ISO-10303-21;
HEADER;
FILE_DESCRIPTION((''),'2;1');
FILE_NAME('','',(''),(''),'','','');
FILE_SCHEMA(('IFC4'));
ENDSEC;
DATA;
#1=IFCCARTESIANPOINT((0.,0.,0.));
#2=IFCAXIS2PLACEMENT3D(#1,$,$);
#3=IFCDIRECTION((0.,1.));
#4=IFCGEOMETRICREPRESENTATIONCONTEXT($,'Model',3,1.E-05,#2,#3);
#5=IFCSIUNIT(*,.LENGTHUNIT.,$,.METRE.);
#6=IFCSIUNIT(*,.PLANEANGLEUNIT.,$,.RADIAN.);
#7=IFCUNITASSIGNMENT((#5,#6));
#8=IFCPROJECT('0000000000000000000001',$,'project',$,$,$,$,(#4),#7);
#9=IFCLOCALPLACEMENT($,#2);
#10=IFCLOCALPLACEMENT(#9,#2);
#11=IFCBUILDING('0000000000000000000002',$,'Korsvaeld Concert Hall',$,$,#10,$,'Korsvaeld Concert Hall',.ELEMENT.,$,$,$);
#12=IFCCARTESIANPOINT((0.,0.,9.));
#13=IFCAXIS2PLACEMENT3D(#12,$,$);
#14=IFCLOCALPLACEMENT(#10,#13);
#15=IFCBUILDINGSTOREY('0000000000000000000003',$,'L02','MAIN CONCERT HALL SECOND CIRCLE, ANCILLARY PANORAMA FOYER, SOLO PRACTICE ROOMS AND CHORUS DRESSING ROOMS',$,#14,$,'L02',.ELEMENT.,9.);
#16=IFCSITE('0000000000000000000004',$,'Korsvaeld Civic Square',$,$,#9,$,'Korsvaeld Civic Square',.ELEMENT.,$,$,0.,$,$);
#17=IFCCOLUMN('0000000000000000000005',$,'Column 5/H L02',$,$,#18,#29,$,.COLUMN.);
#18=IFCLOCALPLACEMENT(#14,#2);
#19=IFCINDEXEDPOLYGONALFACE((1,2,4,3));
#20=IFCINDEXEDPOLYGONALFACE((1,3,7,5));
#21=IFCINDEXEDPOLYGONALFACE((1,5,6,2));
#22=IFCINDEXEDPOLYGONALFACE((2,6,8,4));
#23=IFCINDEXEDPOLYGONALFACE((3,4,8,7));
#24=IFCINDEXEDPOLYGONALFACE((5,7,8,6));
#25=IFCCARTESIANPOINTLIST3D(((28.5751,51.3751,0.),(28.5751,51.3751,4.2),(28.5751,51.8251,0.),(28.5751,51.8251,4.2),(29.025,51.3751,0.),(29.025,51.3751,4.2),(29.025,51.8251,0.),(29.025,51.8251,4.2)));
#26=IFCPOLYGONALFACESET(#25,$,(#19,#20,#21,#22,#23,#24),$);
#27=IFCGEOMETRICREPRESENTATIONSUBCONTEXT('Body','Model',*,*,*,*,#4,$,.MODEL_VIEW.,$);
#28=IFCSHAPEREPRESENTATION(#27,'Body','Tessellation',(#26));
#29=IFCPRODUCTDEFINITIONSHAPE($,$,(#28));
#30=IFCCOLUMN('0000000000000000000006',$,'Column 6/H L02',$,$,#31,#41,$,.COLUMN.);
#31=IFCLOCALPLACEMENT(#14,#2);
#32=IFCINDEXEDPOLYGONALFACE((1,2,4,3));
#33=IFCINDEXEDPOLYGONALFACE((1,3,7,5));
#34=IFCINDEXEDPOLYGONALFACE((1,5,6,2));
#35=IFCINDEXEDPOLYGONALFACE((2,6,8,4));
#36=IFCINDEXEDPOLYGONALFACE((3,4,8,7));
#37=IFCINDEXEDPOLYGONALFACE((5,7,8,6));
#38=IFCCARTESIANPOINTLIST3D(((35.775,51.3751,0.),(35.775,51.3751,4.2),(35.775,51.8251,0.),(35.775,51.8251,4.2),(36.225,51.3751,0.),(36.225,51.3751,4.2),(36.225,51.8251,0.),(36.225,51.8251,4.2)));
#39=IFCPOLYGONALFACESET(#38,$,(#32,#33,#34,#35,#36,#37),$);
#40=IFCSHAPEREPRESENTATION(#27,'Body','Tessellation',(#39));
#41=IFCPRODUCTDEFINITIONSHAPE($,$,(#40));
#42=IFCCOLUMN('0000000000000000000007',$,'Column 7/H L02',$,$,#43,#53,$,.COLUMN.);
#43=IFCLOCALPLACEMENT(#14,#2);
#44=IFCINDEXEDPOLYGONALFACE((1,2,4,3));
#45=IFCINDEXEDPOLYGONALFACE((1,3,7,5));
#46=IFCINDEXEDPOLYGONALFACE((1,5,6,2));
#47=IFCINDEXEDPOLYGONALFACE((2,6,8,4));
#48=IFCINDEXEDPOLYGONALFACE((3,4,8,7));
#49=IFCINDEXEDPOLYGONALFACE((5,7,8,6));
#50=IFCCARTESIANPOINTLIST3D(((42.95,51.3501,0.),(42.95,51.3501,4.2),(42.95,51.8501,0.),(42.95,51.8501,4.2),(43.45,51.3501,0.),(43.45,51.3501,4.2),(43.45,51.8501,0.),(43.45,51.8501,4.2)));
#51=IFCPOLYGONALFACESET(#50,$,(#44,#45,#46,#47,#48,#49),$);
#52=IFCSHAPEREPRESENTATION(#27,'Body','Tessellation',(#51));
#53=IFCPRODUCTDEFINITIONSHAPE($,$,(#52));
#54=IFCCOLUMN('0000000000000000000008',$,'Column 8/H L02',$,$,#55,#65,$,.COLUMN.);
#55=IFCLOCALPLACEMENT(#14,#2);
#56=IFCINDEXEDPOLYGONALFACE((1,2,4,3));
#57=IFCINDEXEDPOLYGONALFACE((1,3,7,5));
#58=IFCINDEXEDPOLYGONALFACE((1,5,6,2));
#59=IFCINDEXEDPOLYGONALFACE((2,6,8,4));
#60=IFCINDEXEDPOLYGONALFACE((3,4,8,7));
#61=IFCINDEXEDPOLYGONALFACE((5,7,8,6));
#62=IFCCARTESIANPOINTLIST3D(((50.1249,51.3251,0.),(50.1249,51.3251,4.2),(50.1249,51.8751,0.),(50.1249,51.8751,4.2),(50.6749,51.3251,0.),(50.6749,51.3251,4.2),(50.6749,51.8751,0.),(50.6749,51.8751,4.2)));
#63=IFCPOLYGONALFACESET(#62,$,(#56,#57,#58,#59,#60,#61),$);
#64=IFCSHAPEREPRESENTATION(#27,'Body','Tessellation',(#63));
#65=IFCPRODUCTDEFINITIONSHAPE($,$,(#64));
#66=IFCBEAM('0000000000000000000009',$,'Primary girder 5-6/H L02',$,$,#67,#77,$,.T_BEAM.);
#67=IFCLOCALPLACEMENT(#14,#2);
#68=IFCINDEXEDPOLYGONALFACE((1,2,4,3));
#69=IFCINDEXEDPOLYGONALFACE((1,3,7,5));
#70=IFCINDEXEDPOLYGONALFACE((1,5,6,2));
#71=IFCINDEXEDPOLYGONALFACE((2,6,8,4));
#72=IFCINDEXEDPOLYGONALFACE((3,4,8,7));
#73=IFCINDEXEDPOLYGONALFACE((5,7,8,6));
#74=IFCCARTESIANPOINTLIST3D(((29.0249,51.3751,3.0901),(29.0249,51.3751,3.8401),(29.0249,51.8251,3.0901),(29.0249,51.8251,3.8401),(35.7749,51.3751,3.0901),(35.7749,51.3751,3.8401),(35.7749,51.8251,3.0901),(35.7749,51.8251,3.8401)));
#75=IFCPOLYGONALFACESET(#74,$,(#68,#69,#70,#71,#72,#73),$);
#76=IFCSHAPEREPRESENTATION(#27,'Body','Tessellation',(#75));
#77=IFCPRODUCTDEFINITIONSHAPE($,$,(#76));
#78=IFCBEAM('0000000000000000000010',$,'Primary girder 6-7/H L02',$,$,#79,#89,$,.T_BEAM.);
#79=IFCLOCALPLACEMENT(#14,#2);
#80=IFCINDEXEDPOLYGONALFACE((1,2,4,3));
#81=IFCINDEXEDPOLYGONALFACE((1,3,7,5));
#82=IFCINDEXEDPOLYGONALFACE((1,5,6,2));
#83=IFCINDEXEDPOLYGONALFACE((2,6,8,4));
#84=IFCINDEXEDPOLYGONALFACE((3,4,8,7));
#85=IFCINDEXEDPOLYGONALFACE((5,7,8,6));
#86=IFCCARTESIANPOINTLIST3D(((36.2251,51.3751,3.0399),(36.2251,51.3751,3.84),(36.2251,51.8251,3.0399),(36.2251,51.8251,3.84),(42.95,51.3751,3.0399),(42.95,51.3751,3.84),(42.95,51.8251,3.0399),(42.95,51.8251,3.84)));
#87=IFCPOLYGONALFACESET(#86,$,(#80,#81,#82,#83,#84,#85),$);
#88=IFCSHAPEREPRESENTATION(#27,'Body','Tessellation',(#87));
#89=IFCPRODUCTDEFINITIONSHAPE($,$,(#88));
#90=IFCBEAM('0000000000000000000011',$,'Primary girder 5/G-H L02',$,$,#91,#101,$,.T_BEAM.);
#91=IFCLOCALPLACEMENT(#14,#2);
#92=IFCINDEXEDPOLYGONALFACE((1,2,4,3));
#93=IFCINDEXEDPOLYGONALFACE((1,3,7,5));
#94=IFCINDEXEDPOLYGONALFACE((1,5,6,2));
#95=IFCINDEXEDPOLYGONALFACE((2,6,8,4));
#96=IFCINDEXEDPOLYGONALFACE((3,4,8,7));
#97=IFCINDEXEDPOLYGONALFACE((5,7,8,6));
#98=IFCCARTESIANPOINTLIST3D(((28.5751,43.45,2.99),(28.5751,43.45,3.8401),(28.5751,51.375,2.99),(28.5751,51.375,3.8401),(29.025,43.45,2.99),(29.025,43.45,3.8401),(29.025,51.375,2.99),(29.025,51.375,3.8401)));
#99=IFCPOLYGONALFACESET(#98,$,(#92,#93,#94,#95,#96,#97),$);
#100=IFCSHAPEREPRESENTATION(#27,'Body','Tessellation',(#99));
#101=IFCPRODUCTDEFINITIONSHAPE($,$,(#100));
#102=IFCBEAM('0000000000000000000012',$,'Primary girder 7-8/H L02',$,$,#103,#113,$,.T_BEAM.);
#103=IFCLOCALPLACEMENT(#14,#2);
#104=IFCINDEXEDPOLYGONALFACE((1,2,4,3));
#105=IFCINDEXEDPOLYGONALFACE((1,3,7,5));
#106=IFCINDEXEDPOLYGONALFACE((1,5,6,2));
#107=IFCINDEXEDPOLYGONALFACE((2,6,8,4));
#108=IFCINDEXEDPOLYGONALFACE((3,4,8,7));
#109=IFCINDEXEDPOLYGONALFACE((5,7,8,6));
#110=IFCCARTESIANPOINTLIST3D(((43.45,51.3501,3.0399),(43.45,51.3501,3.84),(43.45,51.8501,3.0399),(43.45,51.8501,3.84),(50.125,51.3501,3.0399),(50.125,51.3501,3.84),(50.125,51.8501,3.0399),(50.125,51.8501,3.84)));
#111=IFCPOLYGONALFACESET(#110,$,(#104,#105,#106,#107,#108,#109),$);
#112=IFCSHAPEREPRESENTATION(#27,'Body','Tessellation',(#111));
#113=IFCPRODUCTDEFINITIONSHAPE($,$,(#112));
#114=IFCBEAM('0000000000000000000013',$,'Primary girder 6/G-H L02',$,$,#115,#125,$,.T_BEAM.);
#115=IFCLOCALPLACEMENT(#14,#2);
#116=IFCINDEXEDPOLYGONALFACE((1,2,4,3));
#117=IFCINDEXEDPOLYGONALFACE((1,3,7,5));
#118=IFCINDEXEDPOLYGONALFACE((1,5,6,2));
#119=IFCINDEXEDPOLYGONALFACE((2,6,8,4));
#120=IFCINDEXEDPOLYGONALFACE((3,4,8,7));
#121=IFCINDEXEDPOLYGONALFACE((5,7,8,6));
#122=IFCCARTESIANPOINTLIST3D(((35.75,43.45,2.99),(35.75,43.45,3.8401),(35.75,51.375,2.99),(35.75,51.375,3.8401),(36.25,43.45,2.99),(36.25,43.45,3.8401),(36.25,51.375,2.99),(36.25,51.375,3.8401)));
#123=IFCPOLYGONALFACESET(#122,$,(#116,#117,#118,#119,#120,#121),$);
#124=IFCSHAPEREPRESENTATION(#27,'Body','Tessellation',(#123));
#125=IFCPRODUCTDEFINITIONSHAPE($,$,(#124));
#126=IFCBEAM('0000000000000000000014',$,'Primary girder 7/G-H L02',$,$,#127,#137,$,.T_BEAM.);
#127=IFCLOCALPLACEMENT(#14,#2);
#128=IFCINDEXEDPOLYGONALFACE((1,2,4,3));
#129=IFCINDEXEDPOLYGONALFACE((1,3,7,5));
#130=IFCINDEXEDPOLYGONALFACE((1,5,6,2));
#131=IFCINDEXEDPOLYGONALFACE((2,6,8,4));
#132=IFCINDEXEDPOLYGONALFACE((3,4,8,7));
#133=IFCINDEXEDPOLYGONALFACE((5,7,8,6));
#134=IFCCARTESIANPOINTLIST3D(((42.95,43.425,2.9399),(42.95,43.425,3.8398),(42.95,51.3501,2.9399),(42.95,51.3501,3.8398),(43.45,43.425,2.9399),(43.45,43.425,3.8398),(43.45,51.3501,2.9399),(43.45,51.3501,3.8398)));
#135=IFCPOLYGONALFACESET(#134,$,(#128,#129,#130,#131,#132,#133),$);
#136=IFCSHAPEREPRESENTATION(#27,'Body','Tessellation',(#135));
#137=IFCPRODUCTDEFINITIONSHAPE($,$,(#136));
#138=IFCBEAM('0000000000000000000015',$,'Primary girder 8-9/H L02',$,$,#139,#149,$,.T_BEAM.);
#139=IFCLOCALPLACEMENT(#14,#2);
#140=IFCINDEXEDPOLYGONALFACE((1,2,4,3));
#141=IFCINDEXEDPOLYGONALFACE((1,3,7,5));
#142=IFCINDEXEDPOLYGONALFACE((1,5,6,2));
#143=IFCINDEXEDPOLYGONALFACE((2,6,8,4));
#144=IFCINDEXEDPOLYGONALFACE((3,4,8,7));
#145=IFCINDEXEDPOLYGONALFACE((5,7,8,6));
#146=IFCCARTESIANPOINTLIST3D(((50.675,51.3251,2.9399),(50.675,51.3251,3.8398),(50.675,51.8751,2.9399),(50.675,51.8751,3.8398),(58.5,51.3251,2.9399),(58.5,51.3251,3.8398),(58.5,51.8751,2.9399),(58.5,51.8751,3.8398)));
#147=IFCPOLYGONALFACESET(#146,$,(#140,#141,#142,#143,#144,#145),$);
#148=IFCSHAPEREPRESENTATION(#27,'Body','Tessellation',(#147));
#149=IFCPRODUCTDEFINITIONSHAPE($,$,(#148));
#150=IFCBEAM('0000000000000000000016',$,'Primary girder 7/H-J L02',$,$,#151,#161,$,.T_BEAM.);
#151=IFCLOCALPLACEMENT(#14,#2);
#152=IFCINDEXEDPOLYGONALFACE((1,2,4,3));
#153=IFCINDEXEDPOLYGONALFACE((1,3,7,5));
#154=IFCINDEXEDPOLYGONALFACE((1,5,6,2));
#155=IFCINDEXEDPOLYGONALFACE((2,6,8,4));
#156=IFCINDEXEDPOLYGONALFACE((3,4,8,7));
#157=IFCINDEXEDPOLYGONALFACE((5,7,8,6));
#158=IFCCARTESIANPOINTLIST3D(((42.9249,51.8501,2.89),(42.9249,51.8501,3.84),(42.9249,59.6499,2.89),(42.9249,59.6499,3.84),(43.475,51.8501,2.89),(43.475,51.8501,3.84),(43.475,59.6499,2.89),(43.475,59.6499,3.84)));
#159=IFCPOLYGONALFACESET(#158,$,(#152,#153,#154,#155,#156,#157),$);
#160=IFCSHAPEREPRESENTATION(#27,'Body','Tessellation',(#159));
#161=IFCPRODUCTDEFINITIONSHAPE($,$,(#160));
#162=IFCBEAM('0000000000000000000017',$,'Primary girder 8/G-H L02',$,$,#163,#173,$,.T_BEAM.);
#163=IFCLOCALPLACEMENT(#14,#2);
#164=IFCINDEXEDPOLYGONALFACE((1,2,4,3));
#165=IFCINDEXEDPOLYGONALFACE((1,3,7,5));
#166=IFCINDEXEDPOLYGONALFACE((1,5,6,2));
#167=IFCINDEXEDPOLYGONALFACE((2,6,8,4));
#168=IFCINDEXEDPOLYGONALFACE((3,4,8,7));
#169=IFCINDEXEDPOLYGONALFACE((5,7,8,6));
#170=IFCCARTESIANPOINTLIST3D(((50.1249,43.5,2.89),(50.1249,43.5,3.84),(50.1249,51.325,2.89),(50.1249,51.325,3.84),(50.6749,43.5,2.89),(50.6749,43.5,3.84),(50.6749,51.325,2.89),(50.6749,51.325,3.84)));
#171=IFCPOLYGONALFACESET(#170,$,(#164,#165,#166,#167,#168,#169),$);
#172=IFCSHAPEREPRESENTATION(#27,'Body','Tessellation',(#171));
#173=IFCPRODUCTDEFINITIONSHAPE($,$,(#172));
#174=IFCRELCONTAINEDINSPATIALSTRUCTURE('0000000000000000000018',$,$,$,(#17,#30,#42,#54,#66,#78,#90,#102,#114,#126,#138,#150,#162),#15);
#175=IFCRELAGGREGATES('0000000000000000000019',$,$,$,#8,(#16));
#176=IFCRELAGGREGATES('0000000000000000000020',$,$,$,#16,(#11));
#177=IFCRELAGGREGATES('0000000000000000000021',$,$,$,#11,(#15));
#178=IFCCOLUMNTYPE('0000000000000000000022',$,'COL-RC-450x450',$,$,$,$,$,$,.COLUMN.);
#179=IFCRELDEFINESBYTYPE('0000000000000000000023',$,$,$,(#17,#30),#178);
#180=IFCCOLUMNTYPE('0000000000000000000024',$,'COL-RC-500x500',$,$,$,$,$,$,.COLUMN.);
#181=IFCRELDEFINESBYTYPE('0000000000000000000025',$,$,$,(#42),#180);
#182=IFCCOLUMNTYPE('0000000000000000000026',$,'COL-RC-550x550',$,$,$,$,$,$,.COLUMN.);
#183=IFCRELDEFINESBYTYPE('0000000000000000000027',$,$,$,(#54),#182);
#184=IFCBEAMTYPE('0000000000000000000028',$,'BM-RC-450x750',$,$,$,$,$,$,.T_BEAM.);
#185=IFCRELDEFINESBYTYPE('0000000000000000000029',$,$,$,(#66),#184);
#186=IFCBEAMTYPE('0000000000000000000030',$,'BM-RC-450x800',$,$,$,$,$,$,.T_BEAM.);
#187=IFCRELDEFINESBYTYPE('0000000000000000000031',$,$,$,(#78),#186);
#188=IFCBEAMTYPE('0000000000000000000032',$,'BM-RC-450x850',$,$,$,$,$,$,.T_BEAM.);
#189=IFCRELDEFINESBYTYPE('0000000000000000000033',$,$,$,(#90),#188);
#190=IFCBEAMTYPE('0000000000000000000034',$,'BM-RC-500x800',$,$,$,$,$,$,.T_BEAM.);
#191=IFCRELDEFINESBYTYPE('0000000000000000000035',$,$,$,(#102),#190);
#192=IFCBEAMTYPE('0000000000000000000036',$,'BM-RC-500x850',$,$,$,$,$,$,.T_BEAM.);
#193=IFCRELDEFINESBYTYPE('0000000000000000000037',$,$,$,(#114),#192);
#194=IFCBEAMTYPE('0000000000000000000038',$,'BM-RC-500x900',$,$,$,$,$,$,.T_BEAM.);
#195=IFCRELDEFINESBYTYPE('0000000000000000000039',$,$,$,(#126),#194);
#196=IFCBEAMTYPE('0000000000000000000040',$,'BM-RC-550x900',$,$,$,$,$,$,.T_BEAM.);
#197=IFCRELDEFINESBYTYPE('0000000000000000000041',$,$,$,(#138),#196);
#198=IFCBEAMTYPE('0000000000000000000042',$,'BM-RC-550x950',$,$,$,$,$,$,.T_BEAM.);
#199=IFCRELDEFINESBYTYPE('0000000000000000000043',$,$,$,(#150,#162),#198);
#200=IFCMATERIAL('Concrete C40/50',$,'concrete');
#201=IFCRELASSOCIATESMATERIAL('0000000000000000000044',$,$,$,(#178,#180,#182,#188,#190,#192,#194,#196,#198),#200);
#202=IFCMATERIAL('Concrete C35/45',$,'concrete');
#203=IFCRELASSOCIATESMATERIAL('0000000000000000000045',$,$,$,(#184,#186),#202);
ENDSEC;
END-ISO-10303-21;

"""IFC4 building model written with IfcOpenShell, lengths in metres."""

from ifc_helpers import new_model, si_unit, direction, frame, origin, origin_2d, place, context, subcontext, project, spatial, rectangle, extrude, material, material_profile, profile_set, type_object, element, save


model = new_model("IFC4")

# Units and contexts
model_context = context("Model", 3, precision=1e-05, world=origin(), true_north=direction((0.0, 1.0)))
body_context = subcontext(model_context, "Body", "Model", "MODEL_VIEW")
ifc_project = project(units=[si_unit("LENGTHUNIT", "METRE"), si_unit("PLANEANGLEUNIT", "RADIAN")], contexts=[model_context])

# Site, building, storey
site_placement = place(None, origin())
site = spatial("IfcSite", under=ifc_project, at=site_placement, Name="Korsvaeld Civic Square", LongName="Korsvaeld Civic Square", CompositionType="ELEMENT", RefElevation=0.0)
building_placement = place(site_placement, origin())
building = spatial("IfcBuilding", under=site, at=building_placement, Name="Korsvaeld Concert Hall", LongName="Korsvaeld Concert Hall", CompositionType="ELEMENT")
storey_placement = place(building_placement, frame((0.0, 0.0, 9.0)))
storey = spatial("IfcBuildingStorey", under=building, at=storey_placement, Name="L02", Description="MAIN CONCERT HALL SECOND CIRCLE, ANCILLARY PANORAMA FOYER, SOLO PRACTICE ROOMS AND CHORUS DRESSING ROOMS", LongName="L02", CompositionType="ELEMENT", Elevation=9.0)

# Columns
ifc_material_1 = material(Name="Concrete C40/50", Category="concrete")
ifc_material_profile_1 = material_profile(ifc_material_1, rectangle(XDim=0.45, YDim=0.45, at=origin_2d()), Name="RC 450x450")
ifc_profile_set_1 = profile_set([ifc_material_profile_1], Name="Concrete C40/50")
column_type_1 = type_object("IfcColumnType", Name="COL-RC-450x450", PredefinedType="COLUMN", material=ifc_profile_set_1)
for number, where, z_axis, x_axis, name in (
    (1, (28.8, 51.6001, 0.0), (0.0, 0.0, 1.0), (1.0, 0.0, 0.0), "Column 5/H L02"),
    (2, (36.0, 51.6001, 0.0), (0.0, 0.0, 1.0), (1.0, 0.0, 0.0), "Column 6/H L02"),
):
    element("IfcColumn", number, at=place(storey_placement, frame(where, z_axis=z_axis, x_axis=x_axis)), inside=storey, type_object=column_type_1, Name=name, PredefinedType="COLUMN", context=body_context, shape_type="SweptSolid", body=[
        extrude(rectangle(XDim=0.45, YDim=0.45, at=origin_2d()), origin(), (0.0, 0.0, 1.0), 4.2),
    ])
ifc_material_profile_2 = material_profile(ifc_material_1, rectangle(XDim=0.5, YDim=0.5, at=origin_2d()), Name="RC 500x500")
ifc_profile_set_2 = profile_set([ifc_material_profile_2], Name="Concrete C40/50")
column_type_2 = type_object("IfcColumnType", Name="COL-RC-500x500", PredefinedType="COLUMN", material=ifc_profile_set_2)
column_1_placement = place(storey_placement, frame((43.2, 51.6001, 0.0), z_axis=(0.0, 0.0, 1.0), x_axis=(1.0, 0.0, 0.0)))
element("IfcColumn", 3, at=column_1_placement, inside=storey, type_object=column_type_2, Name="Column 7/H L02", PredefinedType="COLUMN", context=body_context, shape_type="SweptSolid", body=[
    extrude(rectangle(XDim=0.5, YDim=0.5, at=origin_2d()), origin(), (0.0, 0.0, 1.0), 4.2),
])
ifc_material_profile_3 = material_profile(ifc_material_1, rectangle(XDim=0.55, YDim=0.55, at=origin_2d()), Name="RC 550x550")
ifc_profile_set_3 = profile_set([ifc_material_profile_3], Name="Concrete C40/50")
column_type_3 = type_object("IfcColumnType", Name="COL-RC-550x550", PredefinedType="COLUMN", material=ifc_profile_set_3)
column_2_placement = place(storey_placement, frame((50.3999, 51.6001, 0.0), z_axis=(0.0, 0.0, 1.0), x_axis=(1.0, 0.0, 0.0)))
element("IfcColumn", 4, at=column_2_placement, inside=storey, type_object=column_type_3, Name="Column 8/H L02", PredefinedType="COLUMN", context=body_context, shape_type="SweptSolid", body=[
    extrude(rectangle(XDim=0.55, YDim=0.55, at=origin_2d()), origin(), (0.0, 0.0, 1.0), 4.2),
])

# Beams
ifc_material_2 = material(Name="Concrete C35/45", Category="concrete")
ifc_material_profile_4 = material_profile(ifc_material_2, rectangle(XDim=0.45, YDim=0.75, at=origin_2d()), Name="RC 450x750")
ifc_profile_set_4 = profile_set([ifc_material_profile_4], Name="Concrete C35/45")
beam_type_1 = type_object("IfcBeamType", Name="BM-RC-450x750", PredefinedType="T_BEAM", material=ifc_profile_set_4)
beam_1_placement = place(storey_placement, frame((29.0249, 51.6001, 3.4651), z_axis=(1.0, 0.0, 0.0), x_axis=(0.0, 1.0, 0.0)))
element("IfcBeam", 5, at=beam_1_placement, inside=storey, type_object=beam_type_1, Name="Primary girder 5-6/H L02", PredefinedType="T_BEAM", context=body_context, shape_type="SweptSolid", body=[
    extrude(rectangle(XDim=0.45, YDim=0.75, at=origin_2d()), origin(), (0.0, 0.0, 1.0), 6.75),
])
ifc_material_profile_5 = material_profile(ifc_material_2, rectangle(XDim=0.45, YDim=0.8, at=origin_2d()), Name="RC 450x800")
ifc_profile_set_5 = profile_set([ifc_material_profile_5], Name="Concrete C35/45")
beam_type_2 = type_object("IfcBeamType", Name="BM-RC-450x800", PredefinedType="T_BEAM", material=ifc_profile_set_5)
beam_2_placement = place(storey_placement, frame((36.2251, 51.6001, 3.4399), z_axis=(1.0, 0.0, 0.0), x_axis=(0.0, 1.0, 0.0)))
element("IfcBeam", 6, at=beam_2_placement, inside=storey, type_object=beam_type_2, Name="Primary girder 6-7/H L02", PredefinedType="T_BEAM", context=body_context, shape_type="SweptSolid", body=[
    extrude(rectangle(XDim=0.45, YDim=0.8, at=origin_2d()), origin(), (0.0, 0.0, 1.0), 6.7249),
])
ifc_material_profile_6 = material_profile(ifc_material_1, rectangle(XDim=0.45, YDim=0.8501, at=origin_2d()), Name="RC 450x850")
ifc_profile_set_6 = profile_set([ifc_material_profile_6], Name="Concrete C40/50")
beam_type_3 = type_object("IfcBeamType", Name="BM-RC-450x850", PredefinedType="T_BEAM", material=ifc_profile_set_6)
beam_3_placement = place(storey_placement, frame((28.8, 43.45, 3.415), z_axis=(0.0, 1.0, 0.0), x_axis=(-1.0, 0.0, 0.0)))
element("IfcBeam", 7, at=beam_3_placement, inside=storey, type_object=beam_type_3, Name="Primary girder 5/G-H L02", PredefinedType="T_BEAM", context=body_context, shape_type="SweptSolid", body=[
    extrude(rectangle(XDim=0.45, YDim=0.8501, at=origin_2d()), origin(), (0.0, 0.0, 1.0), 7.925),
])
ifc_material_profile_7 = material_profile(ifc_material_1, rectangle(XDim=0.5, YDim=0.8, at=origin_2d()), Name="RC 500x800")
ifc_profile_set_7 = profile_set([ifc_material_profile_7], Name="Concrete C40/50")
beam_type_4 = type_object("IfcBeamType", Name="BM-RC-500x800", PredefinedType="T_BEAM", material=ifc_profile_set_7)
beam_4_placement = place(storey_placement, frame((43.45, 51.6001, 3.4399), z_axis=(1.0, 0.0, 0.0), x_axis=(0.0, 1.0, 0.0)))
element("IfcBeam", 8, at=beam_4_placement, inside=storey, type_object=beam_type_4, Name="Primary girder 7-8/H L02", PredefinedType="T_BEAM", context=body_context, shape_type="SweptSolid", body=[
    extrude(rectangle(XDim=0.5, YDim=0.8, at=origin_2d()), origin(), (0.0, 0.0, 1.0), 6.675),
])
ifc_material_profile_8 = material_profile(ifc_material_1, rectangle(XDim=0.5, YDim=0.8501, at=origin_2d()), Name="RC 500x850")
ifc_profile_set_8 = profile_set([ifc_material_profile_8], Name="Concrete C40/50")
beam_type_5 = type_object("IfcBeamType", Name="BM-RC-500x850", PredefinedType="T_BEAM", material=ifc_profile_set_8)
beam_5_placement = place(storey_placement, frame((36.0, 43.45, 3.415), z_axis=(0.0, 1.0, 0.0), x_axis=(-1.0, 0.0, 0.0)))
element("IfcBeam", 9, at=beam_5_placement, inside=storey, type_object=beam_type_5, Name="Primary girder 6/G-H L02", PredefinedType="T_BEAM", context=body_context, shape_type="SweptSolid", body=[
    extrude(rectangle(XDim=0.5, YDim=0.8501, at=origin_2d()), origin(), (0.0, 0.0, 1.0), 7.925),
])
ifc_material_profile_9 = material_profile(ifc_material_1, rectangle(XDim=0.5, YDim=0.8999, at=origin_2d()), Name="RC 500x900")
ifc_profile_set_9 = profile_set([ifc_material_profile_9], Name="Concrete C40/50")
beam_type_6 = type_object("IfcBeamType", Name="BM-RC-500x900", PredefinedType="T_BEAM", material=ifc_profile_set_9)
beam_6_placement = place(storey_placement, frame((43.2, 43.425, 3.3899), z_axis=(0.0, 1.0, 0.0), x_axis=(-1.0, 0.0, 0.0)))
element("IfcBeam", 10, at=beam_6_placement, inside=storey, type_object=beam_type_6, Name="Primary girder 7/G-H L02", PredefinedType="T_BEAM", context=body_context, shape_type="SweptSolid", body=[
    extrude(rectangle(XDim=0.5, YDim=0.8999, at=origin_2d()), origin(), (0.0, 0.0, 1.0), 7.925),
])
ifc_material_profile_10 = material_profile(ifc_material_1, rectangle(XDim=0.55, YDim=0.8999, at=origin_2d()), Name="RC 550x900")
ifc_profile_set_10 = profile_set([ifc_material_profile_10], Name="Concrete C40/50")
beam_type_7 = type_object("IfcBeamType", Name="BM-RC-550x900", PredefinedType="T_BEAM", material=ifc_profile_set_10)
beam_7_placement = place(storey_placement, frame((50.675, 51.6001, 3.3899), z_axis=(1.0, 0.0, 0.0), x_axis=(0.0, 1.0, 0.0)))
element("IfcBeam", 11, at=beam_7_placement, inside=storey, type_object=beam_type_7, Name="Primary girder 8-9/H L02", PredefinedType="T_BEAM", context=body_context, shape_type="SweptSolid", body=[
    extrude(rectangle(XDim=0.55, YDim=0.8999, at=origin_2d()), origin(), (0.0, 0.0, 1.0), 7.825),
])
ifc_material_profile_11 = material_profile(ifc_material_1, rectangle(XDim=0.55, YDim=0.95, at=origin_2d()), Name="RC 550x950")
ifc_profile_set_11 = profile_set([ifc_material_profile_11], Name="Concrete C40/50")
beam_type_8 = type_object("IfcBeamType", Name="BM-RC-550x950", PredefinedType="T_BEAM", material=ifc_profile_set_11)
beam_8_placement = place(storey_placement, frame((43.2, 51.8501, 3.365), z_axis=(0.0, 1.0, 0.0), x_axis=(-1.0, 0.0, 0.0)))
element("IfcBeam", 12, at=beam_8_placement, inside=storey, type_object=beam_type_8, Name="Primary girder 7/H-J L02", PredefinedType="T_BEAM", context=body_context, shape_type="SweptSolid", body=[
    extrude(rectangle(XDim=0.55, YDim=0.95, at=origin_2d()), origin(), (0.0, 0.0, 1.0), 7.7998),
])
beam_9_placement = place(storey_placement, frame((50.3999, 43.5, 3.365), z_axis=(0.0, 1.0, 0.0), x_axis=(-1.0, 0.0, 0.0)))
element("IfcBeam", 13, at=beam_9_placement, inside=storey, type_object=beam_type_8, Name="Primary girder 8/G-H L02", PredefinedType="T_BEAM", context=body_context, shape_type="SweptSolid", body=[
    extrude(rectangle(XDim=0.55, YDim=0.95, at=origin_2d()), origin(), (0.0, 0.0, 1.0), 7.825),
])

save(model, "model.ifc")
